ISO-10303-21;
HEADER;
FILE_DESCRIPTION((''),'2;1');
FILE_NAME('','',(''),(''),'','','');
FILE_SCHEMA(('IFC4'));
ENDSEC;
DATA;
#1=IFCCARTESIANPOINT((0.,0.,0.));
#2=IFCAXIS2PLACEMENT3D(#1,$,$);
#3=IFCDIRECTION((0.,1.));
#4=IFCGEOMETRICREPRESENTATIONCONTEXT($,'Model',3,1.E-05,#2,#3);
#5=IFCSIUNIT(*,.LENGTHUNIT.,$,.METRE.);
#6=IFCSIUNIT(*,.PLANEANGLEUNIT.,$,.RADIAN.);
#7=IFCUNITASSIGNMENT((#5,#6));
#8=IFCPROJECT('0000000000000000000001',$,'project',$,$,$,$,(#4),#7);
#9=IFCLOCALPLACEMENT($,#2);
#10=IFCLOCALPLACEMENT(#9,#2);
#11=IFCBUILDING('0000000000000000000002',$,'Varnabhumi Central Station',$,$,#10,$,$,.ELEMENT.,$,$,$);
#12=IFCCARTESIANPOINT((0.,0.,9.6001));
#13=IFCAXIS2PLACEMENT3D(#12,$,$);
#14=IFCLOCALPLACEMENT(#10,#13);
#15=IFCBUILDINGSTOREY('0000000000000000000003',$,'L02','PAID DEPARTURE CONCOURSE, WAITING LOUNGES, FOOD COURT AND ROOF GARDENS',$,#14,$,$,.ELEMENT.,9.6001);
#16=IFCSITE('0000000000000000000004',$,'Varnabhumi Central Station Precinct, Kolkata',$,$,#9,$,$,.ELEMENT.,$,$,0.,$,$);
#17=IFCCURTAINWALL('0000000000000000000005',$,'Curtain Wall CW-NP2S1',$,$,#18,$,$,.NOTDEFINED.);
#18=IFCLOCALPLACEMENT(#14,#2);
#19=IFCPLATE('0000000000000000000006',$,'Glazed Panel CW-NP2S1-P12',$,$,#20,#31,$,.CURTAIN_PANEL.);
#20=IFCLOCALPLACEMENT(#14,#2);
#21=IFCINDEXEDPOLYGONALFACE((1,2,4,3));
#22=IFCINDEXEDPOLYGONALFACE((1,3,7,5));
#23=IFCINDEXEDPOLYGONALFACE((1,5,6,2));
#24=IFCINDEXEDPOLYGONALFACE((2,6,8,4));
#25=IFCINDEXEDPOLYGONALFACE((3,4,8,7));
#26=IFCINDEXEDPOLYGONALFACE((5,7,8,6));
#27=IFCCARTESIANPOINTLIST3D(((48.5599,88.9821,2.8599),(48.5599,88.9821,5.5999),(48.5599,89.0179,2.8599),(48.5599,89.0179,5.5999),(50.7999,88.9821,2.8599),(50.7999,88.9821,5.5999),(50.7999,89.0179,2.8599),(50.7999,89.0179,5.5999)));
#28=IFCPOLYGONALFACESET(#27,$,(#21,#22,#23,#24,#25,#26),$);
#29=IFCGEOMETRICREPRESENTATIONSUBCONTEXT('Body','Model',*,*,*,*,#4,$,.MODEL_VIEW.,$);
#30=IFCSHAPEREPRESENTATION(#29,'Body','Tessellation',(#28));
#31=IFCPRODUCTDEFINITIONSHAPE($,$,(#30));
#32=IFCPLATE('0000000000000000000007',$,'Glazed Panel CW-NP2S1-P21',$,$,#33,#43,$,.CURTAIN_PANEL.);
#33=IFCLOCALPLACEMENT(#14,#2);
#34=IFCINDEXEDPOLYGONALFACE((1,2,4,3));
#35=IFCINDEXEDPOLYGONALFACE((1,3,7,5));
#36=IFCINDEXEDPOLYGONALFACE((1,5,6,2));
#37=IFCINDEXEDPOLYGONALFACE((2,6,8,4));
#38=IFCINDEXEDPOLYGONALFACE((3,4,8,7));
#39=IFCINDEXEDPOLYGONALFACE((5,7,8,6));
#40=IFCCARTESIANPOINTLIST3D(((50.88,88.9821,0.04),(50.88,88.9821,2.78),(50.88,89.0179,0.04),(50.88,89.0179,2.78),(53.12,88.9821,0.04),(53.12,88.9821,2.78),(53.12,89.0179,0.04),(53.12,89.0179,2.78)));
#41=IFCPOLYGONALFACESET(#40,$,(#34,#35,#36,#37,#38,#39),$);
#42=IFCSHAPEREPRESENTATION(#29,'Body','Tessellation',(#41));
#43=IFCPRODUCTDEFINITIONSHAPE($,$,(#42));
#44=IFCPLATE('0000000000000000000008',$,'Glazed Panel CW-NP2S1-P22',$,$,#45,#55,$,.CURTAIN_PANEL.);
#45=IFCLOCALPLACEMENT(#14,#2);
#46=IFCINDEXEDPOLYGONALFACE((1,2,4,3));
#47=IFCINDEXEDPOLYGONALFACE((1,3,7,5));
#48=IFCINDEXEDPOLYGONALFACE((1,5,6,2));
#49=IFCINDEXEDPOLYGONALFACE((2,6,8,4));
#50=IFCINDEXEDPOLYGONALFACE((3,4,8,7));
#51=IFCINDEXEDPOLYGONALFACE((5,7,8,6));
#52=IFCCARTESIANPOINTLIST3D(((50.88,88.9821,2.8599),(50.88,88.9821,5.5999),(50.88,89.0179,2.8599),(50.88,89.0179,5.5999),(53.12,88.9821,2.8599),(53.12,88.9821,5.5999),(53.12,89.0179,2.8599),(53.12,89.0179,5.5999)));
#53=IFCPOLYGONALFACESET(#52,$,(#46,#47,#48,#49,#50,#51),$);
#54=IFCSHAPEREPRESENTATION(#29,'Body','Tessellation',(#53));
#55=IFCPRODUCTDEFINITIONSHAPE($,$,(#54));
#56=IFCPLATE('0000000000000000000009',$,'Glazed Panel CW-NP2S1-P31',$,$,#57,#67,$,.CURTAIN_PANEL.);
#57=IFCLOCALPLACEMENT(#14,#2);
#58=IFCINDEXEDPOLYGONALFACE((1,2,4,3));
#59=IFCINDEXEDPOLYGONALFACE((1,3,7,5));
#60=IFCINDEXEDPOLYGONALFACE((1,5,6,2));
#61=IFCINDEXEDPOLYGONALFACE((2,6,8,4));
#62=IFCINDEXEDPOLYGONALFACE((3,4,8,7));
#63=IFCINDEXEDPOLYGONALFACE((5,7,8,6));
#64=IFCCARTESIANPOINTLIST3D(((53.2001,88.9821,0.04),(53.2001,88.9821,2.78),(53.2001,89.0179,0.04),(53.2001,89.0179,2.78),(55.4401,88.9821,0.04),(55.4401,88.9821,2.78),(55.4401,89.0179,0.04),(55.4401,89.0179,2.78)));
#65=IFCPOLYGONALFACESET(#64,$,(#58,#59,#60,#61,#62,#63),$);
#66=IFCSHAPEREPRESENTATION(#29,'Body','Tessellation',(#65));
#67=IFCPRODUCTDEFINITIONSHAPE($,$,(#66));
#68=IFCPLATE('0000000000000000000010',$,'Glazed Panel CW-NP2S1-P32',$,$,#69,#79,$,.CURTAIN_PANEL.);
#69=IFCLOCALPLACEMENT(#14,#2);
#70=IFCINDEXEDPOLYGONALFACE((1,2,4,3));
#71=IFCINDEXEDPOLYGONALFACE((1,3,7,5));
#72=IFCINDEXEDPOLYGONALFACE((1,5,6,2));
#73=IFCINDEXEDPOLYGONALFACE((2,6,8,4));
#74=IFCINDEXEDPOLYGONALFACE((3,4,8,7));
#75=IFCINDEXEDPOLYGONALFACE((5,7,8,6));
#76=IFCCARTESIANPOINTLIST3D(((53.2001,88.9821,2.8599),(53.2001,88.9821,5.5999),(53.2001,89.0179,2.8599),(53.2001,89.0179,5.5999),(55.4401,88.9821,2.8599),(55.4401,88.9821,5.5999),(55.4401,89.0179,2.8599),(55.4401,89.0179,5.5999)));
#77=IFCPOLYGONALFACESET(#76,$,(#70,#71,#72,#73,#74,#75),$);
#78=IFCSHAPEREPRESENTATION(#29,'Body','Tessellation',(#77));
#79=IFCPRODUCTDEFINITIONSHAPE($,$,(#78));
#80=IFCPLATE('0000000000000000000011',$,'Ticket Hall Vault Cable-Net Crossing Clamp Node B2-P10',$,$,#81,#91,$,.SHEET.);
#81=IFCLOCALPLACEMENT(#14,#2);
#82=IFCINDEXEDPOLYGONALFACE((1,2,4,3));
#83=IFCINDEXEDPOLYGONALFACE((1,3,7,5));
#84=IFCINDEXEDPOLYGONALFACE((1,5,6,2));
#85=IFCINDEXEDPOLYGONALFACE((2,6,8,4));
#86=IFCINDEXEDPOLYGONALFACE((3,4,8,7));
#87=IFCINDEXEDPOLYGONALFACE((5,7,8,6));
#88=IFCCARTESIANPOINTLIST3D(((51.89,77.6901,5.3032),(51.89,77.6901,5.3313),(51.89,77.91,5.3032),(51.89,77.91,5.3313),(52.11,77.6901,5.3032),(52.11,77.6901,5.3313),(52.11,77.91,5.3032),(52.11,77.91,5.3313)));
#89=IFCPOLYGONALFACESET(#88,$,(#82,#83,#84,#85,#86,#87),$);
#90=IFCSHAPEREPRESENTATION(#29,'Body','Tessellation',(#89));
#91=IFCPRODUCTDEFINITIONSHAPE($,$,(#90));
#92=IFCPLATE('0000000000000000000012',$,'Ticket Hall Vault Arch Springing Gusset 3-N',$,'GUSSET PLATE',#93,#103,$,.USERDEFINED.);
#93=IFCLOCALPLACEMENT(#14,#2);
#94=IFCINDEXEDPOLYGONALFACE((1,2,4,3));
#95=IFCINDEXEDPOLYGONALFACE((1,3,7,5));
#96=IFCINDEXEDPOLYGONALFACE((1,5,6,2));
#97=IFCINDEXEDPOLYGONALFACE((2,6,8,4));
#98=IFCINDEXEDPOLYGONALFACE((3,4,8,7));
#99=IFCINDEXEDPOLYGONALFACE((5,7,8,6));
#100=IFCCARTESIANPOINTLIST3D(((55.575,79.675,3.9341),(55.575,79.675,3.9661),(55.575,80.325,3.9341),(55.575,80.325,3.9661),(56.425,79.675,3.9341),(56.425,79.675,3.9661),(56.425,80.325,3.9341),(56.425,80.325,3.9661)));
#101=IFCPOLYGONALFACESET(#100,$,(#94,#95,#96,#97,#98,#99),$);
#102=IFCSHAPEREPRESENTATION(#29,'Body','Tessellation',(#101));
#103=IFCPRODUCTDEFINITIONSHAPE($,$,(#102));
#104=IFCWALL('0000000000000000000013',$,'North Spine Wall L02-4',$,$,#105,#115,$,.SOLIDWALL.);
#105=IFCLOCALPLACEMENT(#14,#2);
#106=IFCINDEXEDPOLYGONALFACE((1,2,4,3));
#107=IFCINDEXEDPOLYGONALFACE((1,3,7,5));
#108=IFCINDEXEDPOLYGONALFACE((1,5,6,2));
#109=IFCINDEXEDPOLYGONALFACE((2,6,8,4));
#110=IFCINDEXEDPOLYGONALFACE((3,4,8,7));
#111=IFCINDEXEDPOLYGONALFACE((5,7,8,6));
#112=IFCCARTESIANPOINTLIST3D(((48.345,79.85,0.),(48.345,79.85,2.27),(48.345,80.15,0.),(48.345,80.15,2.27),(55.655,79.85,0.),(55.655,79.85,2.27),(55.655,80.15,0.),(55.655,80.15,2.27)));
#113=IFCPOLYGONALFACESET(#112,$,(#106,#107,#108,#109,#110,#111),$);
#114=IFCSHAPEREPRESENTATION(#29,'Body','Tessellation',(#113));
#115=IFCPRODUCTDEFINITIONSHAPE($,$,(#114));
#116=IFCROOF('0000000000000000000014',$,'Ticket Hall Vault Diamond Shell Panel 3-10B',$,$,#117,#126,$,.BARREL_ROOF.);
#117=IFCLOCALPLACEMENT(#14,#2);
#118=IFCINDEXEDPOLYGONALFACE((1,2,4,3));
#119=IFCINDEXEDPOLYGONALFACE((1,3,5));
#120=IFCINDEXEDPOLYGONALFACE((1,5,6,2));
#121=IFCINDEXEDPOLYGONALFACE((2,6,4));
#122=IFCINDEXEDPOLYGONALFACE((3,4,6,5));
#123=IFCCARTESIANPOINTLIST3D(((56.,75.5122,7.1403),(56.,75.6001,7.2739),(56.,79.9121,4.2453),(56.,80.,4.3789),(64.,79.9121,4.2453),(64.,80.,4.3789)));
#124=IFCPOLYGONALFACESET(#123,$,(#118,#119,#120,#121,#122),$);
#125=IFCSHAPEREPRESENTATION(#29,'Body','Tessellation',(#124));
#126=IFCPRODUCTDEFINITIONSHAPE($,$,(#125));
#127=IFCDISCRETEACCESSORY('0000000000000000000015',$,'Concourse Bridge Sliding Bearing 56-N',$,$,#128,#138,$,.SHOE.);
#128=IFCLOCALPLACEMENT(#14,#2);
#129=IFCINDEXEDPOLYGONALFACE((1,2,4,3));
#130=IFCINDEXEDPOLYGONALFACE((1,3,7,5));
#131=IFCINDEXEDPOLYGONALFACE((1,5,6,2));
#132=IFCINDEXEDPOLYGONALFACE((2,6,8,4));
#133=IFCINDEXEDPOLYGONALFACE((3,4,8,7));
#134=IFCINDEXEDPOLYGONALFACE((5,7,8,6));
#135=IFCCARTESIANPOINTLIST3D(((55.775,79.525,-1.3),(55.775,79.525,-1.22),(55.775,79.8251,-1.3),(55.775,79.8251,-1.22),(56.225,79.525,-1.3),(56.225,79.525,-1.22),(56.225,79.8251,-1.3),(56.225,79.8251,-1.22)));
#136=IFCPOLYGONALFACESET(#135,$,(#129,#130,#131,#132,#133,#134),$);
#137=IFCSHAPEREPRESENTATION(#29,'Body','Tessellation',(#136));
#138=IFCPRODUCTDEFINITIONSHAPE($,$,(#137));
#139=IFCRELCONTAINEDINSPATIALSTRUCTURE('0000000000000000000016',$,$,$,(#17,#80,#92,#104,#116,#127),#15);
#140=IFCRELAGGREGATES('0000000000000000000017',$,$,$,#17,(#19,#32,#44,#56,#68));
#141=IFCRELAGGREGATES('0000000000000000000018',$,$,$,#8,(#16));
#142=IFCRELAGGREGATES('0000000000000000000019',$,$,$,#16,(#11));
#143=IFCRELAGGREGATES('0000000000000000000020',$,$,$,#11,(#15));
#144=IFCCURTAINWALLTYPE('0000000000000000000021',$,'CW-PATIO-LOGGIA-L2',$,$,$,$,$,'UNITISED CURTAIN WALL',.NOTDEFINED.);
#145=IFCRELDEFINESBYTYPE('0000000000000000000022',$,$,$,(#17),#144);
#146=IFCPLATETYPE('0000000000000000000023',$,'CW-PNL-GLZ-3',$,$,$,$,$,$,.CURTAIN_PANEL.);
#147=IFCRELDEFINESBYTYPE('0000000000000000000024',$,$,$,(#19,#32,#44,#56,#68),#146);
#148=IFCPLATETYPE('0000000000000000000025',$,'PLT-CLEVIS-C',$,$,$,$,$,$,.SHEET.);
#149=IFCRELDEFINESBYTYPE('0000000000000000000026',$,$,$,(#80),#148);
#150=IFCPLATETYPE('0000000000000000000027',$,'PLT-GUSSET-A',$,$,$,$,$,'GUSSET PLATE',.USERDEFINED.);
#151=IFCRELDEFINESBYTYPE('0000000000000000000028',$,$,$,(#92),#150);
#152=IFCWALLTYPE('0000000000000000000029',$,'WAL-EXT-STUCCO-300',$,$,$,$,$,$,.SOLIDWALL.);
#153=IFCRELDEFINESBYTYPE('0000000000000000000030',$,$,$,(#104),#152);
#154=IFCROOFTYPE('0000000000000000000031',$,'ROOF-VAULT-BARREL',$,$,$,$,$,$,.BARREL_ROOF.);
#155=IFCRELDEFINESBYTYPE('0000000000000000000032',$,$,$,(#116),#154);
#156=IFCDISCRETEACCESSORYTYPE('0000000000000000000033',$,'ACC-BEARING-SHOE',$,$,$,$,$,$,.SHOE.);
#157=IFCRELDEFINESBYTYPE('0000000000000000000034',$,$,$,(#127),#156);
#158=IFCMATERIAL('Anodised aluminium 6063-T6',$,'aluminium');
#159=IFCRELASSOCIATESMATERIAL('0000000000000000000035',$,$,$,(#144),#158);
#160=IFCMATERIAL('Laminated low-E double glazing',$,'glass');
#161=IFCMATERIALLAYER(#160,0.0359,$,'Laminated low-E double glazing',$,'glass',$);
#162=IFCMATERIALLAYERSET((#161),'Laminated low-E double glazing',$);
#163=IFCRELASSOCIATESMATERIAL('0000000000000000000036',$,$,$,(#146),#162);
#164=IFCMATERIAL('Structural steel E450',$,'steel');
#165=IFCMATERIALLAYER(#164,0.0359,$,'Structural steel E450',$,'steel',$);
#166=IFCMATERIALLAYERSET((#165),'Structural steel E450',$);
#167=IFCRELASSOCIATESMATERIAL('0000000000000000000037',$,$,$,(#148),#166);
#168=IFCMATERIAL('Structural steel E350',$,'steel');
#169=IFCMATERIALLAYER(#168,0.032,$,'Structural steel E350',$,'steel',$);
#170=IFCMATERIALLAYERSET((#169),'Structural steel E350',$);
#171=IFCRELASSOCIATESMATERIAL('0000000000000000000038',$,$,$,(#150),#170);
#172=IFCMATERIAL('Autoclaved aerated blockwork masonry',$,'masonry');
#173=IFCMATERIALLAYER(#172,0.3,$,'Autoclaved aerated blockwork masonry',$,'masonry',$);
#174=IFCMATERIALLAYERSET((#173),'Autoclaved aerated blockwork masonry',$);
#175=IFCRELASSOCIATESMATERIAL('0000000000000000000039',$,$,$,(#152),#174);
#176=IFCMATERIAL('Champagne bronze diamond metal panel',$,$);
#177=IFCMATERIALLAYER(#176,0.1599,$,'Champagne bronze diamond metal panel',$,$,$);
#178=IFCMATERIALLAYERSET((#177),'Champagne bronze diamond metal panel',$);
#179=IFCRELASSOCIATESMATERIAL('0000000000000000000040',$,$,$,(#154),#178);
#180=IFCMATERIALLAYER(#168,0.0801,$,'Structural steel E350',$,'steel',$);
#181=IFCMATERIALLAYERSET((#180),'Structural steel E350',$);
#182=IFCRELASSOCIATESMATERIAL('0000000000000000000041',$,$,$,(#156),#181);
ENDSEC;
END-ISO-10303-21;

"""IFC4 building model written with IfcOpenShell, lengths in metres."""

from ifc_helpers import new_model, si_unit, direction, frame, frame_2d, origin, origin_2d, place, context, subcontext, project, spatial, polyline, rectangle, outline, extrude, material, layer, layer_set, type_object, element, aggregate, save


model = new_model("IFC4")

# Units and contexts
model_context = context("Model", 3, precision=1e-05, world=origin(), true_north=direction((0.0, 1.0)))
body_context = subcontext(model_context, "Body", "Model", "MODEL_VIEW")
ifc_project = project(units=[si_unit("LENGTHUNIT", "METRE"), si_unit("PLANEANGLEUNIT", "RADIAN")], contexts=[model_context])

# Site, building, storey
site_placement = place(None, origin())
site = spatial("IfcSite", under=ifc_project, at=site_placement, Name="Varnabhumi Central Station Precinct, Kolkata", CompositionType="ELEMENT", RefElevation=0.0)
building_placement = place(site_placement, origin())
building = spatial("IfcBuilding", under=site, at=building_placement, Name="Varnabhumi Central Station", CompositionType="ELEMENT")
storey_placement = place(building_placement, frame((0.0, 0.0, 9.6001)))
storey = spatial("IfcBuildingStorey", under=building, at=storey_placement, Name="L02", Description="PAID DEPARTURE CONCOURSE, WAITING LOUNGES, FOOD COURT AND ROOF GARDENS", CompositionType="ELEMENT", Elevation=9.6001)

# Curtain wall
ifc_material_1 = material(Name="Anodised aluminium 6063-T6", Category="aluminium")
curtain_wall_type = type_object("IfcCurtainWallType", Name="CW-PATIO-LOGGIA-L2", ElementType="UNITISED CURTAIN WALL", PredefinedType="NOTDEFINED", material=ifc_material_1)
curtain_wall_placement = place(storey_placement, origin())
curtain_wall = element("IfcCurtainWall", 1, at=curtain_wall_placement, inside=storey, type_object=curtain_wall_type, Name="Curtain Wall CW-NP2S1", PredefinedType="NOTDEFINED")

# Plates
ifc_material_2 = material(Name="Laminated low-E double glazing", Category="glass")
ifc_layer_1 = layer(ifc_material_2, 0.0359, Name="Laminated low-E double glazing", Category="glass")
ifc_layer_set_1 = layer_set([ifc_layer_1], Name="Laminated low-E double glazing")
plate_type_1 = type_object("IfcPlateType", Name="CW-PNL-GLZ-3", PredefinedType="CURTAIN_PANEL", material=ifc_layer_set_1)
plate_1_placement = place(storey_placement, frame((49.6799, 89.0, 2.8599), z_axis=(0.0, 0.0, 1.0), x_axis=(1.0, 0.0, 0.0)))
plate_1 = element("IfcPlate", 2, at=plate_1_placement, type_object=plate_type_1, Name="Glazed Panel CW-NP2S1-P12", PredefinedType="CURTAIN_PANEL", context=body_context, shape_type="SweptSolid", body=[
    extrude(rectangle(XDim=2.24, YDim=0.0359, at=origin_2d()), origin(), (0.0, 0.0, 1.0), 2.74),
])
plate_2_placement = place(storey_placement, frame((52.0, 89.0, 0.04), z_axis=(0.0, 0.0, 1.0), x_axis=(1.0, 0.0, 0.0)))
plate_2 = element("IfcPlate", 3, at=plate_2_placement, type_object=plate_type_1, Name="Glazed Panel CW-NP2S1-P21", PredefinedType="CURTAIN_PANEL", context=body_context, shape_type="SweptSolid", body=[
    extrude(rectangle(XDim=2.24, YDim=0.0359, at=origin_2d()), origin(), (0.0, 0.0, 1.0), 2.74),
])
plate_3_placement = place(storey_placement, frame((52.0, 89.0, 2.8599), z_axis=(0.0, 0.0, 1.0), x_axis=(1.0, 0.0, 0.0)))
plate_3 = element("IfcPlate", 4, at=plate_3_placement, type_object=plate_type_1, Name="Glazed Panel CW-NP2S1-P22", PredefinedType="CURTAIN_PANEL", context=body_context, shape_type="SweptSolid", body=[
    extrude(rectangle(XDim=2.24, YDim=0.0359, at=origin_2d()), origin(), (0.0, 0.0, 1.0), 2.74),
])
plate_4_placement = place(storey_placement, frame((54.3201, 89.0, 0.04), z_axis=(0.0, 0.0, 1.0), x_axis=(1.0, 0.0, 0.0)))
plate_4 = element("IfcPlate", 5, at=plate_4_placement, type_object=plate_type_1, Name="Glazed Panel CW-NP2S1-P31", PredefinedType="CURTAIN_PANEL", context=body_context, shape_type="SweptSolid", body=[
    extrude(rectangle(XDim=2.24, YDim=0.0359, at=origin_2d()), origin(), (0.0, 0.0, 1.0), 2.74),
])
plate_5_placement = place(storey_placement, frame((54.3201, 89.0, 2.8599), z_axis=(0.0, 0.0, 1.0), x_axis=(1.0, 0.0, 0.0)))
plate_5 = element("IfcPlate", 6, at=plate_5_placement, type_object=plate_type_1, Name="Glazed Panel CW-NP2S1-P32", PredefinedType="CURTAIN_PANEL", context=body_context, shape_type="SweptSolid", body=[
    extrude(rectangle(XDim=2.24, YDim=0.0359, at=origin_2d()), origin(), (0.0, 0.0, 1.0), 2.74),
])
aggregate(curtain_wall, [plate_1, plate_2, plate_3, plate_4, plate_5])

# Plates
ifc_material_3 = material(Name="Structural steel E450", Category="steel")
ifc_layer_2 = layer(ifc_material_3, 0.0359, Name="Structural steel E450", Category="steel")
ifc_layer_set_2 = layer_set([ifc_layer_2], Name="Structural steel E450")
plate_type_2 = type_object("IfcPlateType", Name="PLT-CLEVIS-C", PredefinedType="SHEET", material=ifc_layer_set_2)
plate_6_placement = place(storey_placement, frame((52.0, 77.8, 5.3032), z_axis=(0.0, 0.0, 1.0), x_axis=(1.0, 0.0, 0.0)))
element("IfcPlate", 7, at=plate_6_placement, inside=storey, type_object=plate_type_2, Name="Ticket Hall Vault Cable-Net Crossing Clamp Node B2-P10", PredefinedType="SHEET", context=body_context, shape_type="SweptSolid", body=[
    extrude(rectangle(XDim=0.22, YDim=0.22, at=origin_2d()), origin(), (0.0, 0.0, 1.0), 0.0281),
])
ifc_material_4 = material(Name="Structural steel E350", Category="steel")
ifc_layer_3 = layer(ifc_material_4, 0.032, Name="Structural steel E350", Category="steel")
ifc_layer_set_3 = layer_set([ifc_layer_3], Name="Structural steel E350")
plate_type_3 = type_object("IfcPlateType", Name="PLT-GUSSET-A", ElementType="GUSSET PLATE", PredefinedType="USERDEFINED", material=ifc_layer_set_3)
plate_7_placement = place(storey_placement, frame((56.0, 80.0, 3.9341), z_axis=(0.0, 0.0, 1.0), x_axis=(1.0, 0.0, 0.0)))
element("IfcPlate", 8, at=plate_7_placement, inside=storey, type_object=plate_type_3, Name="Ticket Hall Vault Arch Springing Gusset 3-N", ObjectType="GUSSET PLATE", PredefinedType="USERDEFINED", context=body_context, shape_type="SweptSolid", body=[
    extrude(rectangle(XDim=0.8501, YDim=0.6499, at=origin_2d()), origin(), (0.0, 0.0, 1.0), 0.032),
])

# Wall
ifc_material_5 = material(Name="Autoclaved aerated blockwork masonry", Category="masonry")
ifc_layer_4 = layer(ifc_material_5, 0.3, Name="Autoclaved aerated blockwork masonry", Category="masonry")
ifc_layer_set_4 = layer_set([ifc_layer_4], Name="Autoclaved aerated blockwork masonry")
wall_type = type_object("IfcWallType", Name="WAL-EXT-STUCCO-300", PredefinedType="SOLIDWALL", material=ifc_layer_set_4)
wall_placement = place(storey_placement, frame((48.345, 80.0, 0.0), z_axis=(0.0, 0.0, 1.0), x_axis=(1.0, 0.0, 0.0)))
element("IfcWall", 9, at=wall_placement, inside=storey, type_object=wall_type, Name="North Spine Wall L02-4", PredefinedType="SOLIDWALL", context=body_context, shape_type="SweptSolid", body=[
    extrude(rectangle(XDim=7.3101, YDim=0.3, at=frame_2d((3.655, 0.0))), origin(), (0.0, 0.0, 1.0), 2.27),
])

# Roof
ifc_material_6 = material(Name="Champagne bronze diamond metal panel")
ifc_layer_5 = layer(ifc_material_6, 0.1599, Name="Champagne bronze diamond metal panel")
ifc_layer_set_5 = layer_set([ifc_layer_5], Name="Champagne bronze diamond metal panel")
roof_type = type_object("IfcRoofType", Name="ROOF-VAULT-BARREL", PredefinedType="BARREL_ROOF", material=ifc_layer_set_5)
roof_placement = place(storey_placement, frame((56.0, 75.6001, 7.2739), z_axis=(0.0, 0.549662, 0.835387), x_axis=(0.835237, 0.45937, -0.302254)))
element("IfcRoof", 10, at=roof_placement, inside=storey, type_object=roof_type, Name="Ticket Hall Vault Diamond Shell Panel 3-10B", PredefinedType="BARREL_ROOF", context=body_context, shape_type="SweptSolid", body=[
    extrude(outline(polyline([(0.0, 0.0), (9.5781, 0.0), (2.8962, 4.3991), (0.0, 0.0)])), origin(), (0.0, 0.0, -1.0), 0.1599),
])

# Discrete accessory
ifc_layer_6 = layer(ifc_material_4, 0.0801, Name="Structural steel E350", Category="steel")
ifc_layer_set_6 = layer_set([ifc_layer_6], Name="Structural steel E350")
discrete_accessory_type = type_object("IfcDiscreteAccessoryType", Name="ACC-BEARING-SHOE", PredefinedType="SHOE", material=ifc_layer_set_6)
discrete_accessory_placement = place(storey_placement, frame((56.0, 79.675, -1.3), z_axis=(0.0, 0.0, 1.0), x_axis=(1.0, 0.0, 0.0)))
element("IfcDiscreteAccessory", 11, at=discrete_accessory_placement, inside=storey, type_object=discrete_accessory_type, Name="Concourse Bridge Sliding Bearing 56-N", PredefinedType="SHOE", context=body_context, shape_type="SweptSolid", body=[
    extrude(rectangle(XDim=0.45, YDim=0.3, at=origin_2d()), origin(), (0.0, 0.0, 1.0), 0.0801),
])

save(model, "model.ifc")
